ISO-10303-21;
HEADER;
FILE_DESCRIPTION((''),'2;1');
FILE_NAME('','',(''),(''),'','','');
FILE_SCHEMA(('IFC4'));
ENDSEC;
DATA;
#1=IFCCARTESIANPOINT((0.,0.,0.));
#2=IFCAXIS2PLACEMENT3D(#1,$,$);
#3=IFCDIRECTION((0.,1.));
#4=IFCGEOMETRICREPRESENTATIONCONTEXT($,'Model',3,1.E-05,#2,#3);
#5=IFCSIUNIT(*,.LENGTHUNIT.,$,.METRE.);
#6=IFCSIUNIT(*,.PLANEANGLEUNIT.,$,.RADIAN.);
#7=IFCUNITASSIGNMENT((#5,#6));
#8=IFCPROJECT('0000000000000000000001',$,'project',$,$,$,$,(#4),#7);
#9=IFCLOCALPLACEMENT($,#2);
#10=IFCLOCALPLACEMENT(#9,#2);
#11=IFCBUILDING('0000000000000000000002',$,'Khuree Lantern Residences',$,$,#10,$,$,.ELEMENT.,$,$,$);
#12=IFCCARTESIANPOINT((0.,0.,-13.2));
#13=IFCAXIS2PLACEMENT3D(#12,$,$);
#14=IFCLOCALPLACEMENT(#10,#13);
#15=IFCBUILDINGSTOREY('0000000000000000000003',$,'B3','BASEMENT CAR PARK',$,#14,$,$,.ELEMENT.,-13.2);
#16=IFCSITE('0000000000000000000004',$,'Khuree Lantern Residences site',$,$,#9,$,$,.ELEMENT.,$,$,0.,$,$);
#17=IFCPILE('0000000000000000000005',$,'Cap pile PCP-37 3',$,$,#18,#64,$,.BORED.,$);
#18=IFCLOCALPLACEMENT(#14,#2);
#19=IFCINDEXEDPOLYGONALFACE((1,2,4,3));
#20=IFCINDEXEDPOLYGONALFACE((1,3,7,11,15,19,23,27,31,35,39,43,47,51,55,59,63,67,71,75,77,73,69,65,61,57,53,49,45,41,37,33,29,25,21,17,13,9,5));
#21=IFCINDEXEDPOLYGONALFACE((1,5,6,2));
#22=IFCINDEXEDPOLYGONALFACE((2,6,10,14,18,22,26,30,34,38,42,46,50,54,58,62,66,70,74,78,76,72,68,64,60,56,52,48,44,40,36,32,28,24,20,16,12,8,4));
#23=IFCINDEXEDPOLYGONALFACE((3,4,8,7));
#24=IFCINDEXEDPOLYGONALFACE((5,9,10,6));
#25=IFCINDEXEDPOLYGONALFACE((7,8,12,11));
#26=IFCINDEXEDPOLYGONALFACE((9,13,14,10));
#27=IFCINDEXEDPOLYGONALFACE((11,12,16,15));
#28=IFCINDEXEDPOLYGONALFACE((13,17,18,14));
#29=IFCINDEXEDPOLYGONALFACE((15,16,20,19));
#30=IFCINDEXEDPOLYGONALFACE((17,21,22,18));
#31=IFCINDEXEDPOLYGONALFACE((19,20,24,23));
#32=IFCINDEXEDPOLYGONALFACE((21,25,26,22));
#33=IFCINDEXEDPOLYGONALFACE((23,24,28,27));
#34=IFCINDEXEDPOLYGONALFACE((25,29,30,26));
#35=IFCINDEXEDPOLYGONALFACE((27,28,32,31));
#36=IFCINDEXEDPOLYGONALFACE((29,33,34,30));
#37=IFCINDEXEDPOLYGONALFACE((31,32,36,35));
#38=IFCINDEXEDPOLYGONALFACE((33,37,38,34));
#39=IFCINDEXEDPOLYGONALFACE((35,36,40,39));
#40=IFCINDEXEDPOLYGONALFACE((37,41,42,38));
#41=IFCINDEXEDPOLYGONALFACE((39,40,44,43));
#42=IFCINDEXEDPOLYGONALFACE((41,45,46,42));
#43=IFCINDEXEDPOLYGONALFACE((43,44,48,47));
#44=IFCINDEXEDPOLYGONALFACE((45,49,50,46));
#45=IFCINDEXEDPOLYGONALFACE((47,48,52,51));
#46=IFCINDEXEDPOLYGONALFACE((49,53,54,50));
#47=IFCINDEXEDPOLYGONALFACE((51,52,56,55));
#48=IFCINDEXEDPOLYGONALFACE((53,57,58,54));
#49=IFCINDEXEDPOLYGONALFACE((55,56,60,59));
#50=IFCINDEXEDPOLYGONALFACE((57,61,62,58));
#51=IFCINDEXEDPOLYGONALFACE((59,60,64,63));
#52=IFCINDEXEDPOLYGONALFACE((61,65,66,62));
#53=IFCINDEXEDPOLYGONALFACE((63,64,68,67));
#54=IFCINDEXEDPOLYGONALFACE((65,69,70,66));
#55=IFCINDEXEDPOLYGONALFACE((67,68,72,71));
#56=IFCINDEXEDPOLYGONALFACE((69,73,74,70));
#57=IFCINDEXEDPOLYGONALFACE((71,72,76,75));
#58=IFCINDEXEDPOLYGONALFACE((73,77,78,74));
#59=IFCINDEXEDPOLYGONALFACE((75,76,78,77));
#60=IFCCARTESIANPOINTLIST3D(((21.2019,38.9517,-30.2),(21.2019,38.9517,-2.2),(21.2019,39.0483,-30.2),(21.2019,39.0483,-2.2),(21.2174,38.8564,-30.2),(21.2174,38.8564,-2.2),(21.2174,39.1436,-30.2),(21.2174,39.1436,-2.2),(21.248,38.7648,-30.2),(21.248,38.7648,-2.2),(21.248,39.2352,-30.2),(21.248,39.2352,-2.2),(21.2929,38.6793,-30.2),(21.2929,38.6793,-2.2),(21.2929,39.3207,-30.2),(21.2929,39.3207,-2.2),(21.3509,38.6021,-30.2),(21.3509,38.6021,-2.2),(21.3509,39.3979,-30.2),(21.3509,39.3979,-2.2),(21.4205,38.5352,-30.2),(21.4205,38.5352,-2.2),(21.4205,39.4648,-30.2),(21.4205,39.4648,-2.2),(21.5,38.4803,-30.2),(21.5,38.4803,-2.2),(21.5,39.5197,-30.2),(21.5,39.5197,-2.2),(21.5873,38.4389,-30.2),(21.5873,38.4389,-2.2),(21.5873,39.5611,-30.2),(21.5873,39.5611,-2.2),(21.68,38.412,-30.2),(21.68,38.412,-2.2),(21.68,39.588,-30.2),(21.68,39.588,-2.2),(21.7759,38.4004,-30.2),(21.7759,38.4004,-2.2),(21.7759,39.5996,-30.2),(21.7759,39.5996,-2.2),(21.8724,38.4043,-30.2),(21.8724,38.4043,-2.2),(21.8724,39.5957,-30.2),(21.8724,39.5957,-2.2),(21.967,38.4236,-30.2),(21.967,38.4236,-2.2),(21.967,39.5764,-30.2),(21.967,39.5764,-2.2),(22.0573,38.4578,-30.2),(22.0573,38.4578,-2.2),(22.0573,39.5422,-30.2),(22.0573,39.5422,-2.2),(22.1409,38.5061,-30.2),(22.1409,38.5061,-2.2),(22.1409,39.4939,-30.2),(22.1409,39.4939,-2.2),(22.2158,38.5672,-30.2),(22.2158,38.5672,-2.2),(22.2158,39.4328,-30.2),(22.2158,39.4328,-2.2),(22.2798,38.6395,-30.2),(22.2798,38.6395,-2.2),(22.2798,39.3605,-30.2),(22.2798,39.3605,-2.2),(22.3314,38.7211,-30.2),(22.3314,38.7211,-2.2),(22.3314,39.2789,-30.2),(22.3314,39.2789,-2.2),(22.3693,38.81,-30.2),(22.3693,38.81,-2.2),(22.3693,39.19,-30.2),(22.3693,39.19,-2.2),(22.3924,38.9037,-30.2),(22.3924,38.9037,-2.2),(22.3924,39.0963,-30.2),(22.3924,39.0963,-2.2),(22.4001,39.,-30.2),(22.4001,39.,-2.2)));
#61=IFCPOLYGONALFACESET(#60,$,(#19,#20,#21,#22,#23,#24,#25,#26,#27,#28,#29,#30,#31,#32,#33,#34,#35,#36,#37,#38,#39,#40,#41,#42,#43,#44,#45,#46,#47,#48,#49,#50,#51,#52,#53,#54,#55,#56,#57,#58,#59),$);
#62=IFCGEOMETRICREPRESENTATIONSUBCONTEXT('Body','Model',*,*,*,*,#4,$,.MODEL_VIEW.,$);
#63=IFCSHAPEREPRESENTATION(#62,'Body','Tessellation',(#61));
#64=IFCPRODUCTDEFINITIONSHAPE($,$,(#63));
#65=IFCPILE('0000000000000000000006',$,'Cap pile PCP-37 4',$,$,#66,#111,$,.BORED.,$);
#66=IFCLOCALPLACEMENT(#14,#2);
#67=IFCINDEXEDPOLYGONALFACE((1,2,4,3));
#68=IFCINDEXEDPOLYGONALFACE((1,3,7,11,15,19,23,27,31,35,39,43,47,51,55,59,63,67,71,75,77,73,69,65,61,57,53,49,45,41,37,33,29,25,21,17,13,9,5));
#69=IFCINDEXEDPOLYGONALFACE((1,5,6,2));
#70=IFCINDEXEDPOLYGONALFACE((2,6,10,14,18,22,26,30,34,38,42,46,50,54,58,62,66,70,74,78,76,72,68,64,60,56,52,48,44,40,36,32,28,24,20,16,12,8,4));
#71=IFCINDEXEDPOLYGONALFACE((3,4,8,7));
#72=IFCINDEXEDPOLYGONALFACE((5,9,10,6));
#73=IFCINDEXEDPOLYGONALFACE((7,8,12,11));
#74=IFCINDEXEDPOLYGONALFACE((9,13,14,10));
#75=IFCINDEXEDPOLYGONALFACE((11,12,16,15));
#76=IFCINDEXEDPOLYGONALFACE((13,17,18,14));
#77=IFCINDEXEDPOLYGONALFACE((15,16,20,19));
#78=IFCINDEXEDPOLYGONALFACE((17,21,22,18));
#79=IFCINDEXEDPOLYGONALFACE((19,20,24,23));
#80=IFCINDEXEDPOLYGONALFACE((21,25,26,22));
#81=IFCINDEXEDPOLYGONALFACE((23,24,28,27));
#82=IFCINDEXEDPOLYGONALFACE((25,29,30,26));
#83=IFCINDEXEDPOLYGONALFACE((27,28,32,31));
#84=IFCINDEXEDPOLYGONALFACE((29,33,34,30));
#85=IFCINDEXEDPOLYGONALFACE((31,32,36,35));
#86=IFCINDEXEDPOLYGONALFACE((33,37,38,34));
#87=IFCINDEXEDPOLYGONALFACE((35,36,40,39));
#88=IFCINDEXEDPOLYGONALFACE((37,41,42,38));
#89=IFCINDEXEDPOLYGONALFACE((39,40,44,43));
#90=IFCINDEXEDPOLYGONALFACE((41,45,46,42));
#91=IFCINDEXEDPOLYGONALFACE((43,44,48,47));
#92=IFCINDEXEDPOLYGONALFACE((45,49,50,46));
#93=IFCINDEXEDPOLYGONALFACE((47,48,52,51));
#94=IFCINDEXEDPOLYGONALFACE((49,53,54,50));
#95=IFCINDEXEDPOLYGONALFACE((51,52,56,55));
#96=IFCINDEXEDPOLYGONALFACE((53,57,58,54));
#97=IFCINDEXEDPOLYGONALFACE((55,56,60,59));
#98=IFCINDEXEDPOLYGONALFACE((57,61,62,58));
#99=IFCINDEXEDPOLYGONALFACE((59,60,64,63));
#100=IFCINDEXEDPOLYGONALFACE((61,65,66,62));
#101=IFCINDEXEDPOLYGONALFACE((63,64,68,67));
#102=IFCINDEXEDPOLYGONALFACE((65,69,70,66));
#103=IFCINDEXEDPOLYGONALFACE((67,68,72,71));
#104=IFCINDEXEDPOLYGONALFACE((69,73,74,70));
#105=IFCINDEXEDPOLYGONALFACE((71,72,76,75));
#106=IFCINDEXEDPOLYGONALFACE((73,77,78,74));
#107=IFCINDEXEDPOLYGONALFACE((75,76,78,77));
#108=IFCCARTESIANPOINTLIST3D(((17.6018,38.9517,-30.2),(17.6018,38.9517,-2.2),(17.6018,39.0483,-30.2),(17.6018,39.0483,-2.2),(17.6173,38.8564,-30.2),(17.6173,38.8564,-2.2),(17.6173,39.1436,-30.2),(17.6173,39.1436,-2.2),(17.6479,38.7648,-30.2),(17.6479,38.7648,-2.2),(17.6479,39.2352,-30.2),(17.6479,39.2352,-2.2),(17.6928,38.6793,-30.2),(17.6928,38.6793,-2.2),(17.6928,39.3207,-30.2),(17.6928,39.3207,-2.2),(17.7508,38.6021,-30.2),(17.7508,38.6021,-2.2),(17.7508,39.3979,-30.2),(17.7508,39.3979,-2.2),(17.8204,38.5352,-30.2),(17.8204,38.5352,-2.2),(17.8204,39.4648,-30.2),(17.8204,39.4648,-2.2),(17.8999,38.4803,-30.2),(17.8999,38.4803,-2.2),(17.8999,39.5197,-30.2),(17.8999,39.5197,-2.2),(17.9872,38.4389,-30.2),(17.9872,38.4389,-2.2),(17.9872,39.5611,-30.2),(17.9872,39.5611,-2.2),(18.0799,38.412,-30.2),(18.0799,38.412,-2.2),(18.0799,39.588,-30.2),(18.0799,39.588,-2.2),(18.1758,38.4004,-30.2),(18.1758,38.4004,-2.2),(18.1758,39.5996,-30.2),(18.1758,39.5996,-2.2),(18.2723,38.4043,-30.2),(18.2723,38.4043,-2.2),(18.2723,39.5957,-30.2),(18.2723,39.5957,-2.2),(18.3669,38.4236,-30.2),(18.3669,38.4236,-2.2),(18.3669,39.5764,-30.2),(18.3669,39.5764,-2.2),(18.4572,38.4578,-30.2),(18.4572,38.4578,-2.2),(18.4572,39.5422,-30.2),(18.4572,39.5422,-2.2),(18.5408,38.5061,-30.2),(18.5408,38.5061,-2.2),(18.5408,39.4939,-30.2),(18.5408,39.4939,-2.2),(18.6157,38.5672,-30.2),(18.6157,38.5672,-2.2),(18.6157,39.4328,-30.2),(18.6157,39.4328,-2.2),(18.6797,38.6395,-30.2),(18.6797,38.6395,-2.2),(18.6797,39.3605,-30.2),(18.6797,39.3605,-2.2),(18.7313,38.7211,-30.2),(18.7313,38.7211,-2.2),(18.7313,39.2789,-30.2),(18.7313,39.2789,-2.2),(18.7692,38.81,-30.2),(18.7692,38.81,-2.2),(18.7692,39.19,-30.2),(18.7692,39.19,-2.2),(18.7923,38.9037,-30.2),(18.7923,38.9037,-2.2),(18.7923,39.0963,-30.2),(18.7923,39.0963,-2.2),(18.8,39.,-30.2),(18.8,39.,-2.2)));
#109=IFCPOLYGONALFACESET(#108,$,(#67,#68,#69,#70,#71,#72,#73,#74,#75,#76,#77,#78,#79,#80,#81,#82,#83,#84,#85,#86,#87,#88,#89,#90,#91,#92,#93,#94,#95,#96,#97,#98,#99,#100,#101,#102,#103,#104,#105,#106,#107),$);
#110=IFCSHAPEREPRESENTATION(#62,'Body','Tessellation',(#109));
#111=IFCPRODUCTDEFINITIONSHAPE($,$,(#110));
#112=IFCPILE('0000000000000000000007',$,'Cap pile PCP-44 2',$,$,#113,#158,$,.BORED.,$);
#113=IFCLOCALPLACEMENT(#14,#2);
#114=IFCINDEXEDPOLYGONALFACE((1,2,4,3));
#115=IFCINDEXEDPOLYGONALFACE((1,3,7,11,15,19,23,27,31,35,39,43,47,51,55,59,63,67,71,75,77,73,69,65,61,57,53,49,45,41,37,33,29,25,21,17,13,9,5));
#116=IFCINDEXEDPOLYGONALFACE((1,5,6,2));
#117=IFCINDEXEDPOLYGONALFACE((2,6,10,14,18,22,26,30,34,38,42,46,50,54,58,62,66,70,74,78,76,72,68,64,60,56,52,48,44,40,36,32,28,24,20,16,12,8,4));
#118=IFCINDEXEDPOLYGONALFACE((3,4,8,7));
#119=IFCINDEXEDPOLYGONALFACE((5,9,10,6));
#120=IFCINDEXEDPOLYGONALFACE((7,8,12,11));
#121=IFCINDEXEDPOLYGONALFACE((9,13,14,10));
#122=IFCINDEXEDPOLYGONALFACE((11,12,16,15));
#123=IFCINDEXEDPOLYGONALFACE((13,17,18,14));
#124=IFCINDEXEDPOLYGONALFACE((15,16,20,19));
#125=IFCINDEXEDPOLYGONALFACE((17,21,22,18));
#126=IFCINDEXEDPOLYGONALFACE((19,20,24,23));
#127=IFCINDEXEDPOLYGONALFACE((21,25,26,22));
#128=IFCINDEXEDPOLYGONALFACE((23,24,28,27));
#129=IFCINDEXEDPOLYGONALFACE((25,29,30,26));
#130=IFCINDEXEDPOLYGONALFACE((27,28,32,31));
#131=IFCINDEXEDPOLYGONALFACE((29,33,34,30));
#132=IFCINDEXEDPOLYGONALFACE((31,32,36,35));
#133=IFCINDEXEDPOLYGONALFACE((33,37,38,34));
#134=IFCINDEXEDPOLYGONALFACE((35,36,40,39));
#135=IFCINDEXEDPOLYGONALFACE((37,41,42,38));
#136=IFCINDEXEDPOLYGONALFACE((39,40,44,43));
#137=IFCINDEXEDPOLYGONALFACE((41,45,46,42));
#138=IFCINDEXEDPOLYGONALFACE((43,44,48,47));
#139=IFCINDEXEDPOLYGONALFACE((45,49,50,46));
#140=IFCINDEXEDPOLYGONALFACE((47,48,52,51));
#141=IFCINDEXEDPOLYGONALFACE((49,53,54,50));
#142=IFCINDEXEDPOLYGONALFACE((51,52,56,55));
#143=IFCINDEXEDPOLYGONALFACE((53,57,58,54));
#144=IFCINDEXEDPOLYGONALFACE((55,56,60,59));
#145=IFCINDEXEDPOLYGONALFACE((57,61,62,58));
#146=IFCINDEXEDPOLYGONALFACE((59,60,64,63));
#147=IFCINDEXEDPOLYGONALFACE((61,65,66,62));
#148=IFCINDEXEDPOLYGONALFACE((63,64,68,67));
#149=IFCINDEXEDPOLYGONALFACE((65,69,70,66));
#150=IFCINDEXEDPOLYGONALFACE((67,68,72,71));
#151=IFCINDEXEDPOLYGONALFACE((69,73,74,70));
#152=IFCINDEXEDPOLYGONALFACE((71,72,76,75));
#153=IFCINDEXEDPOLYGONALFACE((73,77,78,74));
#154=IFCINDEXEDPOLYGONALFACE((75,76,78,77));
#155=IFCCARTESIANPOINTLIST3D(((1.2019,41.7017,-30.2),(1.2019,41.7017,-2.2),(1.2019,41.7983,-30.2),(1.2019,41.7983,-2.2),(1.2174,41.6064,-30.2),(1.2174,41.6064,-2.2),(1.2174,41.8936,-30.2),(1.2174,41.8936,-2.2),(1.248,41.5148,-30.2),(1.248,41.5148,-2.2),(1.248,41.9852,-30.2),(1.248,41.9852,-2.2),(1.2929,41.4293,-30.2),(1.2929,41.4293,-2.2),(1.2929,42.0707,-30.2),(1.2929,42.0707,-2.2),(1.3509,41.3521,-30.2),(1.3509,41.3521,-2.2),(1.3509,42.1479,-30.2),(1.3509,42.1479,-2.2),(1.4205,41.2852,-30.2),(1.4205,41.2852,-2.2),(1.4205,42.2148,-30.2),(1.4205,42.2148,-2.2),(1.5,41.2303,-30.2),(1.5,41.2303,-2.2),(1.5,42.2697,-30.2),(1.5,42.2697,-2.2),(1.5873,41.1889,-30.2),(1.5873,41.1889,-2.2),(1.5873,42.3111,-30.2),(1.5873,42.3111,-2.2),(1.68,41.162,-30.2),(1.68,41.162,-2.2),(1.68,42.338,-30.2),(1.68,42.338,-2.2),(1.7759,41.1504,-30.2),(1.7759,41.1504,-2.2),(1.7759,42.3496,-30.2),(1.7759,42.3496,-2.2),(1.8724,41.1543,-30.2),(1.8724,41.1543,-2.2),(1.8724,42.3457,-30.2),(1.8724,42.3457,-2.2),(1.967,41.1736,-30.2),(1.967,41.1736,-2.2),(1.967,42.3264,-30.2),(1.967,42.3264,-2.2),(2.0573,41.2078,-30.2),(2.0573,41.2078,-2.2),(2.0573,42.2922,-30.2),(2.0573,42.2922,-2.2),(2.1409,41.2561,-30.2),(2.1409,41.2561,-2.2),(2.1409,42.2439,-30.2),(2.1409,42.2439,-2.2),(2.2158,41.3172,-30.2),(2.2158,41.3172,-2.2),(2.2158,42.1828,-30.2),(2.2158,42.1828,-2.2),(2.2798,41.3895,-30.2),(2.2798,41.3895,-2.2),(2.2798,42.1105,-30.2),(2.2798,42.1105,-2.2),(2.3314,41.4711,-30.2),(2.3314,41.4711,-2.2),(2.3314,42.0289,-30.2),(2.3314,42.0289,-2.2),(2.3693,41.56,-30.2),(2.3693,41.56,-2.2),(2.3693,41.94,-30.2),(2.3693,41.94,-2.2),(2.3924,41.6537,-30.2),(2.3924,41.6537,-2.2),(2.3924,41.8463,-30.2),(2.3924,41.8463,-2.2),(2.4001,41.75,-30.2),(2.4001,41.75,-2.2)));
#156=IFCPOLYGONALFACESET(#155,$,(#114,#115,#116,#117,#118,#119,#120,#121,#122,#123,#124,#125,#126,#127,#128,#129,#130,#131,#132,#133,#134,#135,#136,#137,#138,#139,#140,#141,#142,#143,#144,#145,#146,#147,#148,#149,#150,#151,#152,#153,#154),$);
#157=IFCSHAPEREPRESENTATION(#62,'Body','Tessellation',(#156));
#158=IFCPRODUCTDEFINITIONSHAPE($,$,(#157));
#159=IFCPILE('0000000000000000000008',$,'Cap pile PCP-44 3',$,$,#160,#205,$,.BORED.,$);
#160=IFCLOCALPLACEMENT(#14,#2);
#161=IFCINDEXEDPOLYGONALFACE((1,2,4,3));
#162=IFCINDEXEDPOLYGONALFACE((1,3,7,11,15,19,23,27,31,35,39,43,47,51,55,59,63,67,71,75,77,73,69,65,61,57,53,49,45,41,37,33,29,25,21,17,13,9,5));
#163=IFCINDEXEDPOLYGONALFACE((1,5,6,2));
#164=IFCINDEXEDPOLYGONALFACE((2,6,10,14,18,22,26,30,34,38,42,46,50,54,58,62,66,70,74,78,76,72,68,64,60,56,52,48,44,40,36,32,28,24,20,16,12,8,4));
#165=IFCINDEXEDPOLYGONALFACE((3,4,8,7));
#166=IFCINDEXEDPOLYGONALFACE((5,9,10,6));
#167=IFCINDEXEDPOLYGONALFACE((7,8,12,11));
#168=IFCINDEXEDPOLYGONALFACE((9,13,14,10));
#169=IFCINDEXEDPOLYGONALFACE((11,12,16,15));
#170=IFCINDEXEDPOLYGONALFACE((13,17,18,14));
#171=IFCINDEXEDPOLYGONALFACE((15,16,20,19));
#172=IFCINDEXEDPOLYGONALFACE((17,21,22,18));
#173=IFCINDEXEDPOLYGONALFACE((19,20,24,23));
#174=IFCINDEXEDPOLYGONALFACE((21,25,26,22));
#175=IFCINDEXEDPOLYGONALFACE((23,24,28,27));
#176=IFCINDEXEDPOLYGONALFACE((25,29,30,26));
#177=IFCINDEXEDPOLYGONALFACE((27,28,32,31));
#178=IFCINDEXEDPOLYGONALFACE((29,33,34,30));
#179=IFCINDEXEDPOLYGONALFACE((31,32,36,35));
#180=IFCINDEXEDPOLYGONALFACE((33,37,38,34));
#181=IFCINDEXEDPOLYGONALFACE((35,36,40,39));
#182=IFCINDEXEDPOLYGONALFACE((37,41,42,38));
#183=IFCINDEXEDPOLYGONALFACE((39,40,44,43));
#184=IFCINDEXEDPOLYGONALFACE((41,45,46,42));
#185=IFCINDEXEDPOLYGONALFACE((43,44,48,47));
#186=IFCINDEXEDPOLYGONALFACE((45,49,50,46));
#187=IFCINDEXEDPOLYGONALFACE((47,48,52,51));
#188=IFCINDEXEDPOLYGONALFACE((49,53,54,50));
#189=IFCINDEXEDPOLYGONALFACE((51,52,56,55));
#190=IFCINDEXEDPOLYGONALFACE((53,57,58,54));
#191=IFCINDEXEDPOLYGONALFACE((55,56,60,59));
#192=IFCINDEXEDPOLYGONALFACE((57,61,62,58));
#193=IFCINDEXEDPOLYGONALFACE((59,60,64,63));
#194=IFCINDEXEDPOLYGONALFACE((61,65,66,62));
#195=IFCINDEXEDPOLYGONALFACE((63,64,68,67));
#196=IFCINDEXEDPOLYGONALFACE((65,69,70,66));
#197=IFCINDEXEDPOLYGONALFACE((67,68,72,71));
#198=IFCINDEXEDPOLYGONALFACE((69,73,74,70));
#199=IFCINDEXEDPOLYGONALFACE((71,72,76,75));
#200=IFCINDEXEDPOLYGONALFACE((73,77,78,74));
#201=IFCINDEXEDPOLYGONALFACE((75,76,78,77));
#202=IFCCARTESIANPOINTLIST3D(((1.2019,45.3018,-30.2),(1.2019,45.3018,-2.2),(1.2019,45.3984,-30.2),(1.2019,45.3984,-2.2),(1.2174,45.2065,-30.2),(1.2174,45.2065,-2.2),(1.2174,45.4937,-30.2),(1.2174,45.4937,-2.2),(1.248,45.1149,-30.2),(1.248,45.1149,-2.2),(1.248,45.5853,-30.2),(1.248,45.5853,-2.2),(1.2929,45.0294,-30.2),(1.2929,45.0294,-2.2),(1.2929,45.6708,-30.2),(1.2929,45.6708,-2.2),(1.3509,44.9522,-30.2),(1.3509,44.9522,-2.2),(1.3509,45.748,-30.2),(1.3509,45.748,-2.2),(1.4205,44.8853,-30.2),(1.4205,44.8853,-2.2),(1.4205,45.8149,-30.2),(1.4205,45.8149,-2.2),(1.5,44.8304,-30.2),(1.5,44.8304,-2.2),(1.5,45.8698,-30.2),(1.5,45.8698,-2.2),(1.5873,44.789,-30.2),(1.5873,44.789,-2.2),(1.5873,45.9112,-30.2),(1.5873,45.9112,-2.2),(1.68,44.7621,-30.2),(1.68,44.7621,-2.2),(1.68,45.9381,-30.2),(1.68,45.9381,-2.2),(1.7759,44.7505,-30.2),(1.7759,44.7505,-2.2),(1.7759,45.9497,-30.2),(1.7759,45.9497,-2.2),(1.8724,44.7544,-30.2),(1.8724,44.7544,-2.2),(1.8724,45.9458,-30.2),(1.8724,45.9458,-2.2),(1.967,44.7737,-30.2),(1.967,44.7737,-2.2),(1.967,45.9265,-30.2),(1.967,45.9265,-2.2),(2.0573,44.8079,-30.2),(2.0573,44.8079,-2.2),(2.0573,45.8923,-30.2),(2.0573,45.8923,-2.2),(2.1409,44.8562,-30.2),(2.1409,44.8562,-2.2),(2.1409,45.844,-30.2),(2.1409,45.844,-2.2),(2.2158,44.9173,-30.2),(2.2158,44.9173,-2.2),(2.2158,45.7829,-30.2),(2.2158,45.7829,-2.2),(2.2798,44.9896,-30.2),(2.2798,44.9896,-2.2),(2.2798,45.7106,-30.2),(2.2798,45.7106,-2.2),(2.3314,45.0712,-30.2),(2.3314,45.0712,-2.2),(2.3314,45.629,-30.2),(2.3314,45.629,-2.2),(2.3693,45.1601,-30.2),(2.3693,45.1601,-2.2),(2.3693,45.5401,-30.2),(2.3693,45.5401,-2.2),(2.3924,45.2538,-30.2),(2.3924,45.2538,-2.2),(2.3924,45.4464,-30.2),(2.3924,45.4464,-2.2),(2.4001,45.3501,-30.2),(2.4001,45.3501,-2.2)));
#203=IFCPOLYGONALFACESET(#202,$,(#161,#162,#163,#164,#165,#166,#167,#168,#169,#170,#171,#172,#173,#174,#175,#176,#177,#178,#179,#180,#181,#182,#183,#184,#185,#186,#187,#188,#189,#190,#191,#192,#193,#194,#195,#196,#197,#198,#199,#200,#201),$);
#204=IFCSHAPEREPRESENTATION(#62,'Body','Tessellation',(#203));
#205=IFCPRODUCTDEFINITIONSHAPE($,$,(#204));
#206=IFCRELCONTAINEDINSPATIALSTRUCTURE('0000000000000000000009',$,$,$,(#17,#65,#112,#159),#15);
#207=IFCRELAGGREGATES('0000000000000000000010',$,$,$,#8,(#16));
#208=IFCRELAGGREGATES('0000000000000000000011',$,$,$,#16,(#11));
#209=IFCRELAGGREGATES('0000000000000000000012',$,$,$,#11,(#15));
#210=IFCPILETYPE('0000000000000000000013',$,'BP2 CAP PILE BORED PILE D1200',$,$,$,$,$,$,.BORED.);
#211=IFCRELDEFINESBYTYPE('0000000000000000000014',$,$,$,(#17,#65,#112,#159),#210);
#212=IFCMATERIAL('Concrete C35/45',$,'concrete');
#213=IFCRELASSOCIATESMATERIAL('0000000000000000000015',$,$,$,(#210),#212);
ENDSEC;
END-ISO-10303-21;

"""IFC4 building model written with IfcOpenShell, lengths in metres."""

from ifc_helpers import new_model, si_unit, direction, frame, origin, origin_2d, place, context, subcontext, project, spatial, circle, extrude, material, material_profile, profile_set, type_object, element, save


model = new_model("IFC4")

# Units and contexts
model_context = context("Model", 3, precision=1e-05, world=origin(), true_north=direction((0.0, 1.0)))
body_context = subcontext(model_context, "Body", "Model", "MODEL_VIEW")
ifc_project = project(units=[si_unit("LENGTHUNIT", "METRE"), si_unit("PLANEANGLEUNIT", "RADIAN")], contexts=[model_context])

# Site, building, storey
site_placement = place(None, origin())
site = spatial("IfcSite", under=ifc_project, at=site_placement, Name="Khuree Lantern Residences site", CompositionType="ELEMENT", RefElevation=0.0)
building_placement = place(site_placement, origin())
building = spatial("IfcBuilding", under=site, at=building_placement, Name="Khuree Lantern Residences", CompositionType="ELEMENT")
storey_placement = place(building_placement, frame((0.0, 0.0, -13.2)))
storey = spatial("IfcBuildingStorey", under=building, at=storey_placement, Name="B3", Description="BASEMENT CAR PARK", CompositionType="ELEMENT", Elevation=-13.2)

# Piles
ifc_material_1 = material(Name="Concrete C35/45", Category="concrete")
ifc_material_profile_1 = material_profile(ifc_material_1, circle(Radius=0.6001, at=origin_2d()), Name="BORED PILE D1200")
ifc_profile_set_1 = profile_set([ifc_material_profile_1], Name="Concrete C35/45")
pile_type_1 = type_object("IfcPileType", Name="BP2 CAP PILE BORED PILE D1200", PredefinedType="BORED", material=ifc_profile_set_1)
for number, where, z_axis, x_axis, name in (
    (1, (21.8, 39.0, -2.2), (0.0, 0.0, -1.0), (1.0, 0.0, 0.0), "Cap pile PCP-37 3"),
    (2, (18.2, 39.0, -2.2), (0.0, 0.0, -1.0), (1.0, 0.0, 0.0), "Cap pile PCP-37 4"),
    (3, (1.8, 41.75, -2.2), (0.0, 0.0, -1.0), (1.0, 0.0, 0.0), "Cap pile PCP-44 2"),
    (4, (1.8, 45.3501, -2.2), (0.0, 0.0, -1.0), (1.0, 0.0, 0.0), "Cap pile PCP-44 3"),
):
    element("IfcPile", number, at=place(storey_placement, frame(where, z_axis=z_axis, x_axis=x_axis)), inside=storey, type_object=pile_type_1, Name=name, PredefinedType="BORED", context=body_context, shape_type="SweptSolid", body=[
        extrude(circle(Radius=0.6001, at=origin_2d()), origin(), (0.0, 0.0, 1.0), 28.0),
    ])

save(model, "model.ifc")
